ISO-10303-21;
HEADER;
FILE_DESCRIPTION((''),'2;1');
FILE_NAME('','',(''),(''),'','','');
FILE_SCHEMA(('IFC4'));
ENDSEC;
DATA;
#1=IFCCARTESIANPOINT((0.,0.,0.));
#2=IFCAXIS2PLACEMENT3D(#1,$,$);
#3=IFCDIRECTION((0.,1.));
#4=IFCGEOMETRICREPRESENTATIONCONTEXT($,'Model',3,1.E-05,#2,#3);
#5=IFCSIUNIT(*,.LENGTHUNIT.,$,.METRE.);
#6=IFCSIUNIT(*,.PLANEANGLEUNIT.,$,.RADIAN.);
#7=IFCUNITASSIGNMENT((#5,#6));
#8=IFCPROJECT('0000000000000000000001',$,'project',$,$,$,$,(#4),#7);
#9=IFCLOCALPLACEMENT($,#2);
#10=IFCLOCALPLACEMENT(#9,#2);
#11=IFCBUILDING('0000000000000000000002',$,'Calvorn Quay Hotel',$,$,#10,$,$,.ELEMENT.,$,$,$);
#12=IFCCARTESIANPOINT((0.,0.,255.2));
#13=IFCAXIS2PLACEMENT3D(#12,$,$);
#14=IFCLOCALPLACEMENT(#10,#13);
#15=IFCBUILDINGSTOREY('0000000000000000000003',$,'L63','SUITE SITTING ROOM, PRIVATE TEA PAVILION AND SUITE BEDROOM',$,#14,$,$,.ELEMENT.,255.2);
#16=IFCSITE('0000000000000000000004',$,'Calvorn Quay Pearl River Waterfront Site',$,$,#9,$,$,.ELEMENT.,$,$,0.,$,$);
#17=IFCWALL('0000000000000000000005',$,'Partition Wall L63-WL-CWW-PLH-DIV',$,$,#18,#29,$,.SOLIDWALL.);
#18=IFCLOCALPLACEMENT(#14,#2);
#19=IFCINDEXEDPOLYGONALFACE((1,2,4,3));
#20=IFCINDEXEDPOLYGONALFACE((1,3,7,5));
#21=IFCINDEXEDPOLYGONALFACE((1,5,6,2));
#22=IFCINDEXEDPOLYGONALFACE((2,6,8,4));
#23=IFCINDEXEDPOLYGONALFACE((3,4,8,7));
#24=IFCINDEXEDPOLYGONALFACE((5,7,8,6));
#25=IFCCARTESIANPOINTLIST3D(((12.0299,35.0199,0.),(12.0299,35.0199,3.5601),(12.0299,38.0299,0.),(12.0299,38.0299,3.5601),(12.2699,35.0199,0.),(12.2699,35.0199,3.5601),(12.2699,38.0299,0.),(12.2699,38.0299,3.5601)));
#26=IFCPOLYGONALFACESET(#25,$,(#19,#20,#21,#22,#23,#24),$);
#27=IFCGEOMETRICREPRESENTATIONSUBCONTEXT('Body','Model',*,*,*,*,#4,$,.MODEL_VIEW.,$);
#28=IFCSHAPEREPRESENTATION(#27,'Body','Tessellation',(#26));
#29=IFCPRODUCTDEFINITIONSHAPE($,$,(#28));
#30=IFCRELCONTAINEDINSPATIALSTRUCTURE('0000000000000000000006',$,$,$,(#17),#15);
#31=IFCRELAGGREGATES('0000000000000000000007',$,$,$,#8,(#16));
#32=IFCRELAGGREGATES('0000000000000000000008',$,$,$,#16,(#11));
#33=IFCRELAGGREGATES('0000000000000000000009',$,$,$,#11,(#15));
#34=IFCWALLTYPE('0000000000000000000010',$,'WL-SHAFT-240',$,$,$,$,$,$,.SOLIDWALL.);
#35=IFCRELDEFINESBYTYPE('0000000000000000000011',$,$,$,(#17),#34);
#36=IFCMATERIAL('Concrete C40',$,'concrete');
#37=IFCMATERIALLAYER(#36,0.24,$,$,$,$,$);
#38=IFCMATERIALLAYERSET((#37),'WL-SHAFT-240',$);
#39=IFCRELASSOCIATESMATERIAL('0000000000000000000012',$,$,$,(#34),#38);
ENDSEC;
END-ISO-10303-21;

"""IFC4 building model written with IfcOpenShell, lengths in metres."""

from ifc_helpers import new_model, si_unit, direction, frame, frame_2d, origin, place, context, subcontext, project, spatial, rectangle, extrude, material, layer, layer_set, type_object, element, save


model = new_model("IFC4")

# Units and contexts
model_context = context("Model", 3, precision=1e-05, world=origin(), true_north=direction((0.0, 1.0)))
body_context = subcontext(model_context, "Body", "Model", "MODEL_VIEW")
ifc_project = project(units=[si_unit("LENGTHUNIT", "METRE"), si_unit("PLANEANGLEUNIT", "RADIAN")], contexts=[model_context])

# Site, building, storey
site_placement = place(None, origin())
site = spatial("IfcSite", under=ifc_project, at=site_placement, Name="Calvorn Quay Pearl River Waterfront Site", CompositionType="ELEMENT", RefElevation=0.0)
building_placement = place(site_placement, origin())
building = spatial("IfcBuilding", under=site, at=building_placement, Name="Calvorn Quay Hotel", CompositionType="ELEMENT")
storey_placement = place(building_placement, frame((0.0, 0.0, 255.2)))
storey = spatial("IfcBuildingStorey", under=building, at=storey_placement, Name="L63", Description="SUITE SITTING ROOM, PRIVATE TEA PAVILION AND SUITE BEDROOM", CompositionType="ELEMENT", Elevation=255.2)

# Wall
ifc_material_1 = material(Name="Concrete C40", Category="concrete")
ifc_layer_1 = layer(ifc_material_1, 0.24)
ifc_layer_set_1 = layer_set([ifc_layer_1], Name="WL-SHAFT-240")
wall_type_1 = type_object("IfcWallType", Name="WL-SHAFT-240", PredefinedType="SOLIDWALL", material=ifc_layer_set_1)
wall_1_placement = place(storey_placement, frame((12.1499, 35.02, 0.0), z_axis=(0.0, 0.0, 1.0), x_axis=(0.0, 1.0, 0.0)))
element("IfcWall", 1, at=wall_1_placement, inside=storey, type_object=wall_type_1, Name="Partition Wall L63-WL-CWW-PLH-DIV", PredefinedType="SOLIDWALL", context=body_context, shape_type="SweptSolid", body=[
    extrude(rectangle(XDim=3.01, YDim=0.24, at=frame_2d((1.5049, 0.0))), origin(), (0.0, 0.0, 1.0), 3.5601),
])

save(model, "model.ifc")
